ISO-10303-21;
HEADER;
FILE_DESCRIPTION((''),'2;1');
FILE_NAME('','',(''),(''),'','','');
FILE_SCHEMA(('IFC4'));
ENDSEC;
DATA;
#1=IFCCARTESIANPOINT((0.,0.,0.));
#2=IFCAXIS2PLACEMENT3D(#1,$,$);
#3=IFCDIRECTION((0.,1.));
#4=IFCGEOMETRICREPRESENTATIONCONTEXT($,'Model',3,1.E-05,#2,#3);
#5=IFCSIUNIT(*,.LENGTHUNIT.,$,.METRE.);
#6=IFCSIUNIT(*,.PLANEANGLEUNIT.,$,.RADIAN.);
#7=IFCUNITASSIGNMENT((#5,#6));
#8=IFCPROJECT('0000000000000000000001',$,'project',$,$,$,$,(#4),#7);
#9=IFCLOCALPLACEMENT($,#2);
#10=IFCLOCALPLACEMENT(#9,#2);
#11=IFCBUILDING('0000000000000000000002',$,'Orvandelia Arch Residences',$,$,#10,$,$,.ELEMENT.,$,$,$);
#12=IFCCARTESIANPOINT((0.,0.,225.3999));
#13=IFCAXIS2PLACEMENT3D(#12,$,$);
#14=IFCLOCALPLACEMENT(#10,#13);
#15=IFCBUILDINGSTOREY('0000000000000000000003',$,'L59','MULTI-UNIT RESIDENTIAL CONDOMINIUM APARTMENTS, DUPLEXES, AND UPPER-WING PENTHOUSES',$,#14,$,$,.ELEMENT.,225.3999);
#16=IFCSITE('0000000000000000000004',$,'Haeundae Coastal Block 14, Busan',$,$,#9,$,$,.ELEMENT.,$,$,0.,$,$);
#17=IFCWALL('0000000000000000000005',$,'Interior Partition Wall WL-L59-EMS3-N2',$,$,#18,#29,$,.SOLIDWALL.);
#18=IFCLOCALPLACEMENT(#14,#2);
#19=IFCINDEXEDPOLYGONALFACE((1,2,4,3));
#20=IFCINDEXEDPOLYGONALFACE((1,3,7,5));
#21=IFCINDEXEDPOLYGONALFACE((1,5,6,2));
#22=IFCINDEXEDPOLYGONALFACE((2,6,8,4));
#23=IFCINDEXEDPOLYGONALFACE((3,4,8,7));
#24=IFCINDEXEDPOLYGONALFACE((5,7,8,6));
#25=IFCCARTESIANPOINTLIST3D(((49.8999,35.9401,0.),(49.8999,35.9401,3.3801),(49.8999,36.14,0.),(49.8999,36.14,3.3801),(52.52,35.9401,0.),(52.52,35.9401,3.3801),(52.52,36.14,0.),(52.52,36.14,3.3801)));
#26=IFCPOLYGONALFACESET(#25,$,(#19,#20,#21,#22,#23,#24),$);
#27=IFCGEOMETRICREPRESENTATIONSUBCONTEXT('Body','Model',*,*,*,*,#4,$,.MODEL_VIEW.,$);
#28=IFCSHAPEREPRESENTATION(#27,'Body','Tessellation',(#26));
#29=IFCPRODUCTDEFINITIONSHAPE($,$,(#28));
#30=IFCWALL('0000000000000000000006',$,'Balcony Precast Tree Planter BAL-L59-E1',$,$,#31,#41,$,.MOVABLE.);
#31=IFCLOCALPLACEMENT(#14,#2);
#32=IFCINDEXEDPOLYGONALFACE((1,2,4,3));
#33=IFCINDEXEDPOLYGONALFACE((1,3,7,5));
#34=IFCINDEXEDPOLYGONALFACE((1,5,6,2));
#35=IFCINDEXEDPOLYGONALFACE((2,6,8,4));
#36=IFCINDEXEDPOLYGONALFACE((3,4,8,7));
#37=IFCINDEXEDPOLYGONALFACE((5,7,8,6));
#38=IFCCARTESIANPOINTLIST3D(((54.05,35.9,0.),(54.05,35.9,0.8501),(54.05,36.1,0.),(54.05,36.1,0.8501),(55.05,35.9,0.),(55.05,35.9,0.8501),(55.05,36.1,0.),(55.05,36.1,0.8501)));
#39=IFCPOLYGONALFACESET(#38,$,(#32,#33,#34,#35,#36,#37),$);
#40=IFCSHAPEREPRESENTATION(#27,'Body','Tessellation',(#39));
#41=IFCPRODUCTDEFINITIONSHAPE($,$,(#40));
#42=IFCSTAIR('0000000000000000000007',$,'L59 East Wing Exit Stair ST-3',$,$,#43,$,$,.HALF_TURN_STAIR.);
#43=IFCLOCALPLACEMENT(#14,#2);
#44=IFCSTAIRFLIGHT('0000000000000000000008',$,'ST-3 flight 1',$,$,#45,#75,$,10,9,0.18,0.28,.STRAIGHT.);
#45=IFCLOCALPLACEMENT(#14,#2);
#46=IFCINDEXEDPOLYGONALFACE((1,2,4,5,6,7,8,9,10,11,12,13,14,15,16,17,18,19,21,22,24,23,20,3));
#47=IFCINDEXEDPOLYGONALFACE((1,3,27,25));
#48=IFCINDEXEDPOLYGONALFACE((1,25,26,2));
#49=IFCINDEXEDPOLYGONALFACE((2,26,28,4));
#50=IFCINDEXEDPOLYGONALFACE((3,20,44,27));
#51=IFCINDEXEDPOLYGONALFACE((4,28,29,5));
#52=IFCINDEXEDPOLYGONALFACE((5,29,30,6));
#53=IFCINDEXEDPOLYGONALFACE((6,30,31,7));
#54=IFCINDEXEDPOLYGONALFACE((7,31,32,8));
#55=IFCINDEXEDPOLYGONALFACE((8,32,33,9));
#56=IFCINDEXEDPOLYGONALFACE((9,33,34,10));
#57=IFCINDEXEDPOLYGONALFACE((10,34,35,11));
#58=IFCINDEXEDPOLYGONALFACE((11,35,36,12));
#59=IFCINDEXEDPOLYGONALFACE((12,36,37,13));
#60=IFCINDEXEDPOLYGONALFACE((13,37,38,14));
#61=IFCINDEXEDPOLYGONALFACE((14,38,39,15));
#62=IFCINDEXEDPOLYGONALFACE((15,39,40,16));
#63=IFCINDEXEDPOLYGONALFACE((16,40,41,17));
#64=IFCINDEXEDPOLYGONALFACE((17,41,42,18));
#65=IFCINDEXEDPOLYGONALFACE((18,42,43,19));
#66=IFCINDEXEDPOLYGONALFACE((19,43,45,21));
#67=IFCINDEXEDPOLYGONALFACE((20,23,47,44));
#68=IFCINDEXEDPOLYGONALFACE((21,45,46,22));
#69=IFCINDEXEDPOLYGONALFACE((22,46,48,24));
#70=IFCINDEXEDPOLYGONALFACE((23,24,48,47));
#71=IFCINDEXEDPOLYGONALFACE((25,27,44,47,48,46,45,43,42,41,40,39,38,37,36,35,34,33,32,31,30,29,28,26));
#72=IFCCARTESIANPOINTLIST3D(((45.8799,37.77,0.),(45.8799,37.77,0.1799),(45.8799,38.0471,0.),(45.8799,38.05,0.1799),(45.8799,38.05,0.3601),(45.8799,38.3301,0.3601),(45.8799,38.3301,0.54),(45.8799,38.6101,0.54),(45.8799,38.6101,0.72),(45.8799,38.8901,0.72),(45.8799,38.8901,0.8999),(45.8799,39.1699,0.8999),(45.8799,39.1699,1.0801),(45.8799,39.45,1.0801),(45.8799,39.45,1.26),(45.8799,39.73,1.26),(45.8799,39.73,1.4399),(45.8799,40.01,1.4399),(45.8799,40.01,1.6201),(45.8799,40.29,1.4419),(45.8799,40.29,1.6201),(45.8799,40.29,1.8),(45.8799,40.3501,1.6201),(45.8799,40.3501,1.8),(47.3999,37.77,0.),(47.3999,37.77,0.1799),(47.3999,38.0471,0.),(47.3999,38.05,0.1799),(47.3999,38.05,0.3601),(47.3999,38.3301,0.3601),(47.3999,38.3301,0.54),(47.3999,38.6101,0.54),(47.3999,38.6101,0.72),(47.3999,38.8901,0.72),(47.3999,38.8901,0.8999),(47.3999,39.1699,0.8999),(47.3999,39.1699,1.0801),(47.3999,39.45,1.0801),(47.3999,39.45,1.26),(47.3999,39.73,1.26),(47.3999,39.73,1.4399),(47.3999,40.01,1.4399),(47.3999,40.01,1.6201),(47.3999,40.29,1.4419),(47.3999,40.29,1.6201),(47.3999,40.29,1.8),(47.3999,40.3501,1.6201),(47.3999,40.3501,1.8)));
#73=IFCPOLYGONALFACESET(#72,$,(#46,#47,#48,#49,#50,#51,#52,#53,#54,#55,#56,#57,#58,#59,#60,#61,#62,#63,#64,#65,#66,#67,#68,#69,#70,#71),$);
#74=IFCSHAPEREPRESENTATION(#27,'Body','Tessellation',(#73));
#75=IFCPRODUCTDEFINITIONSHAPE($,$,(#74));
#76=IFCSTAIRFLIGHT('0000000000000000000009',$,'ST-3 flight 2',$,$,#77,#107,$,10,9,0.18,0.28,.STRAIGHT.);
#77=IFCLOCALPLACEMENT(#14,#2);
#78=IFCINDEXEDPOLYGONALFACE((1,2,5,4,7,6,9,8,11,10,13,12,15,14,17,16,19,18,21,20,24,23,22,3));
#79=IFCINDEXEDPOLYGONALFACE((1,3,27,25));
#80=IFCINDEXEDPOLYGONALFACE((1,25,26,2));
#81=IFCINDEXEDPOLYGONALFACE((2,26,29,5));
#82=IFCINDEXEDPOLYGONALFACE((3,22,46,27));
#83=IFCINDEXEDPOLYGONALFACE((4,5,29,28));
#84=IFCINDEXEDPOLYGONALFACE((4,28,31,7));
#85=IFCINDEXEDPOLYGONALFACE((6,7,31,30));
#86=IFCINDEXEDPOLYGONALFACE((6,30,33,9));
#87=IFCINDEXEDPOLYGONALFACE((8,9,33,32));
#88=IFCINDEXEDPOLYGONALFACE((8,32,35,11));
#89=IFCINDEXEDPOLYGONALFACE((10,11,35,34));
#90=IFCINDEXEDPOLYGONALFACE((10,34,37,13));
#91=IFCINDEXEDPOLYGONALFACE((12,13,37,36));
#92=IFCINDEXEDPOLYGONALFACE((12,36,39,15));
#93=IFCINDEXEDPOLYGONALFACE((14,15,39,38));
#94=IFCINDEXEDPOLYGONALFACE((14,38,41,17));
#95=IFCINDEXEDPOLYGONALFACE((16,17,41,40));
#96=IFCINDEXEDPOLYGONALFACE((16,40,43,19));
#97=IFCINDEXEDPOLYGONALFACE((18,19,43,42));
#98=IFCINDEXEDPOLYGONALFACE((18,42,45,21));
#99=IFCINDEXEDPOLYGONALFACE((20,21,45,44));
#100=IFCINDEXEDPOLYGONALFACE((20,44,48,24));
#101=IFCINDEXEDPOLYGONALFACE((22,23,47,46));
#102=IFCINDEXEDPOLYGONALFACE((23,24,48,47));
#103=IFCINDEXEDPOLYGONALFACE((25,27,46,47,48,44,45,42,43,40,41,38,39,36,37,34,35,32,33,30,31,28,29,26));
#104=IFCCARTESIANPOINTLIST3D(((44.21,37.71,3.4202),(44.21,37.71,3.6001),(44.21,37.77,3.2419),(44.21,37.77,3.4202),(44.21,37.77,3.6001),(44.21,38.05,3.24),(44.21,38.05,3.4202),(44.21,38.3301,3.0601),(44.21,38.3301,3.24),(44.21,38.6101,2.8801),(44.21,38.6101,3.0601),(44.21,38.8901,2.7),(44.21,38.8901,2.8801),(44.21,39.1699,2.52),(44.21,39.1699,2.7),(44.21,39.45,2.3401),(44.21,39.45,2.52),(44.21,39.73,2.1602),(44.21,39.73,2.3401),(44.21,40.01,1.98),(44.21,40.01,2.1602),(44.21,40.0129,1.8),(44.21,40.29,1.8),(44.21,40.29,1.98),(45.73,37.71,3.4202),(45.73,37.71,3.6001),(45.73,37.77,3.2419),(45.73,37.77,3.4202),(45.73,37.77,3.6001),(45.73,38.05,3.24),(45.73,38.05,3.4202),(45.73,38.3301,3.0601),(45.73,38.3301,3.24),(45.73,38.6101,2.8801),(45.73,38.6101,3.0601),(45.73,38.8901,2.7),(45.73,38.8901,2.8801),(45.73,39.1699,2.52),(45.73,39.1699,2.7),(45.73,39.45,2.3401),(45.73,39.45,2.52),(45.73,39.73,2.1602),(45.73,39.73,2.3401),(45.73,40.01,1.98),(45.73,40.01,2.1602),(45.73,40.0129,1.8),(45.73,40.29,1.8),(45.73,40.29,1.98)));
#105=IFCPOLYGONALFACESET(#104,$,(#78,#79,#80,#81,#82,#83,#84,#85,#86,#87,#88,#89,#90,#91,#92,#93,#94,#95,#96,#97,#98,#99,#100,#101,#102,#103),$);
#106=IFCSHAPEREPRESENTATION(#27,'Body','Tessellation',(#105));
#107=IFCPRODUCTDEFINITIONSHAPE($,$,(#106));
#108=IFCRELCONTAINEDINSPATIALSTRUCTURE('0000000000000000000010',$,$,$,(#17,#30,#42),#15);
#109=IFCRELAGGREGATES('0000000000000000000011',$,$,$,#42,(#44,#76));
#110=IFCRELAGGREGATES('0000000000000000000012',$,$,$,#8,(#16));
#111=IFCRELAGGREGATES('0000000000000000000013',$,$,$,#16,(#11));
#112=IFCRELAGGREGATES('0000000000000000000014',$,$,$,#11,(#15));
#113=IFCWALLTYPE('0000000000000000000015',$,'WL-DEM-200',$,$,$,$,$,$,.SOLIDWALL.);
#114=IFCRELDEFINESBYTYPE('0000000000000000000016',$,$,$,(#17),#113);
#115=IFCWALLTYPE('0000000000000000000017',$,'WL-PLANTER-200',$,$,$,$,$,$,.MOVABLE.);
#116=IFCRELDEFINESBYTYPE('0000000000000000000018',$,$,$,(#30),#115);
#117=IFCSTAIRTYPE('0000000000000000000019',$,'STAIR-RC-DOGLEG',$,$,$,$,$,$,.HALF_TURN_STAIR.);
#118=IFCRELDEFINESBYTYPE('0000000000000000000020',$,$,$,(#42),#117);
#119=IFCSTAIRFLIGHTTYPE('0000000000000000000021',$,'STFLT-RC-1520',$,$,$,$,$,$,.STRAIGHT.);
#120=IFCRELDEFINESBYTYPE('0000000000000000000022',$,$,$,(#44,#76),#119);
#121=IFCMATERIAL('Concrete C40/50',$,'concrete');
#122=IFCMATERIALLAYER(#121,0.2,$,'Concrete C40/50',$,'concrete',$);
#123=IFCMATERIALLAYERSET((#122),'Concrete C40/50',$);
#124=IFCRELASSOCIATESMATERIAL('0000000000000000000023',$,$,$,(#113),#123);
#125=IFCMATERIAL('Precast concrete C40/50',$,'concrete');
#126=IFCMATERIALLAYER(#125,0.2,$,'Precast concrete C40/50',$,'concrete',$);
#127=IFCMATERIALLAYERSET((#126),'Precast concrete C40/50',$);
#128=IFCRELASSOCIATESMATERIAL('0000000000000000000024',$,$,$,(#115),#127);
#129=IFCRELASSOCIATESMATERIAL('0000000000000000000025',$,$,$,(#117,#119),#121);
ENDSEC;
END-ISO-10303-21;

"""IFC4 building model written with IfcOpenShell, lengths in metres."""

from ifc_helpers import new_model, si_unit, direction, frame, frame_2d, origin, place, context, subcontext, project, spatial, polyline, rectangle, outline, extrude, material, layer, layer_set, type_object, element, aggregate, save


model = new_model("IFC4")

# Units and contexts
model_context = context("Model", 3, precision=1e-05, world=origin(), true_north=direction((0.0, 1.0)))
body_context = subcontext(model_context, "Body", "Model", "MODEL_VIEW")
ifc_project = project(units=[si_unit("LENGTHUNIT", "METRE"), si_unit("PLANEANGLEUNIT", "RADIAN")], contexts=[model_context])

# Site, building, storey
site_placement = place(None, origin())
site = spatial("IfcSite", under=ifc_project, at=site_placement, Name="Haeundae Coastal Block 14, Busan", CompositionType="ELEMENT", RefElevation=0.0)
building_placement = place(site_placement, origin())
building = spatial("IfcBuilding", under=site, at=building_placement, Name="Orvandelia Arch Residences", CompositionType="ELEMENT")
storey_placement = place(building_placement, frame((0.0, 0.0, 225.3999)))
storey = spatial("IfcBuildingStorey", under=building, at=storey_placement, Name="L59", Description="MULTI-UNIT RESIDENTIAL CONDOMINIUM APARTMENTS, DUPLEXES, AND UPPER-WING PENTHOUSES", CompositionType="ELEMENT", Elevation=225.3999)

# Walls
ifc_material_1 = material(Name="Concrete C40/50", Category="concrete")
ifc_layer_1 = layer(ifc_material_1, 0.2, Name="Concrete C40/50", Category="concrete")
ifc_layer_set_1 = layer_set([ifc_layer_1], Name="Concrete C40/50")
wall_type_1 = type_object("IfcWallType", Name="WL-DEM-200", PredefinedType="SOLIDWALL", material=ifc_layer_set_1)
wall_1_placement = place(storey_placement, frame((49.8999, 36.04, 0.0), z_axis=(0.0, 0.0, 1.0), x_axis=(1.0, 0.0, 0.0)))
element("IfcWall", 1, at=wall_1_placement, inside=storey, type_object=wall_type_1, Name="Interior Partition Wall WL-L59-EMS3-N2", PredefinedType="SOLIDWALL", context=body_context, shape_type="SweptSolid", body=[
    extrude(rectangle(XDim=2.6201, YDim=0.2, at=frame_2d((1.3101, 0.0))), origin(), (0.0, 0.0, 1.0), 3.3801),
])
ifc_material_2 = material(Name="Precast concrete C40/50", Category="concrete")
ifc_layer_2 = layer(ifc_material_2, 0.2, Name="Precast concrete C40/50", Category="concrete")
ifc_layer_set_2 = layer_set([ifc_layer_2], Name="Precast concrete C40/50")
wall_type_2 = type_object("IfcWallType", Name="WL-PLANTER-200", PredefinedType="MOVABLE", material=ifc_layer_set_2)
wall_2_placement = place(storey_placement, frame((54.05, 36.0, 0.0), z_axis=(0.0, 0.0, 1.0), x_axis=(1.0, 0.0, 0.0)))
element("IfcWall", 2, at=wall_2_placement, inside=storey, type_object=wall_type_2, Name="Balcony Precast Tree Planter BAL-L59-E1", PredefinedType="MOVABLE", context=body_context, shape_type="SweptSolid", body=[
    extrude(rectangle(XDim=1.0, YDim=0.2, at=frame_2d((0.5, 0.0))), origin(), (0.0, 0.0, 1.0), 0.8501),
])

# Stair, stair flights
stair_type = type_object("IfcStairType", Name="STAIR-RC-DOGLEG", PredefinedType="HALF_TURN_STAIR", material=ifc_material_1)
stair_placement = place(storey_placement, origin())
stair = element("IfcStair", 3, at=stair_placement, inside=storey, type_object=stair_type, Name="L59 East Wing Exit Stair ST-3", PredefinedType="HALF_TURN_STAIR")
stair_flight_type = type_object("IfcStairFlightType", Name="STFLT-RC-1520", PredefinedType="STRAIGHT", material=ifc_material_1)
stair_flight_1_placement = place(storey_placement, frame((46.6399, 37.77, 0.0), z_axis=(0.0, 0.0, 1.0), x_axis=(0.0, 1.0, 0.0)))
stair_flight_1 = element("IfcStairFlight", 4, at=stair_flight_1_placement, type_object=stair_flight_type, Name="ST-3 flight 1", NumberOfRisers=10, NumberOfTreads=9, PredefinedType="STRAIGHT", RiserHeight=0.18, TreadLength=0.28, context=body_context, shape_type="SweptSolid", body=[
    extrude(outline(polyline([(0.0, 0.0), (0.0, 0.1799), (0.28, 0.1799), (0.28, 0.3601), (0.5601, 0.3601), (0.5601, 0.54), (0.8401, 0.54), (0.8401, 0.72), (1.1201, 0.72), (1.1201, 0.8999), (1.3999, 0.8999), (1.3999, 1.0801), (1.6799, 1.0801), (1.6799, 1.26), (1.96, 1.26), (1.96, 1.4399), (2.24, 1.4399), (2.24, 1.6201), (2.52, 1.6201), (2.52, 1.8), (2.5801, 1.8), (2.5801, 1.6201), (2.52, 1.4419), (0.2771, 0.0), (0.0, 0.0)])), frame((0.0, 0.76, 0.0), z_axis=(0.0, -1.0, 0.0), x_axis=(1.0, 0.0, 0.0)), (0.0, 0.0, 1.0), 1.52),
])
stair_flight_2_placement = place(storey_placement, frame((44.97, 40.29, 1.8), z_axis=(0.0, 0.0, 1.0), x_axis=(0.0, -1.0, 0.0)))
stair_flight_2 = element("IfcStairFlight", 5, at=stair_flight_2_placement, type_object=stair_flight_type, Name="ST-3 flight 2", NumberOfRisers=10, NumberOfTreads=9, PredefinedType="STRAIGHT", RiserHeight=0.18, TreadLength=0.28, context=body_context, shape_type="SweptSolid", body=[
    extrude(outline(polyline([(0.0, 0.0), (0.0, 0.1799), (0.28, 0.1799), (0.28, 0.3601), (0.5601, 0.3601), (0.5601, 0.54), (0.8401, 0.54), (0.8401, 0.72), (1.1201, 0.72), (1.1201, 0.8999), (1.3999, 0.8999), (1.3999, 1.0801), (1.6799, 1.0801), (1.6799, 1.26), (1.96, 1.26), (1.96, 1.4399), (2.24, 1.4399), (2.24, 1.6201), (2.52, 1.6201), (2.52, 1.8), (2.5801, 1.8), (2.5801, 1.6201), (2.52, 1.4419), (0.2771, 0.0), (0.0, 0.0)])), frame((0.0, 0.76, 0.0), z_axis=(0.0, -1.0, 0.0), x_axis=(1.0, 0.0, 0.0)), (0.0, 0.0, 1.0), 1.52),
])
aggregate(stair, [stair_flight_1, stair_flight_2])

save(model, "model.ifc")
